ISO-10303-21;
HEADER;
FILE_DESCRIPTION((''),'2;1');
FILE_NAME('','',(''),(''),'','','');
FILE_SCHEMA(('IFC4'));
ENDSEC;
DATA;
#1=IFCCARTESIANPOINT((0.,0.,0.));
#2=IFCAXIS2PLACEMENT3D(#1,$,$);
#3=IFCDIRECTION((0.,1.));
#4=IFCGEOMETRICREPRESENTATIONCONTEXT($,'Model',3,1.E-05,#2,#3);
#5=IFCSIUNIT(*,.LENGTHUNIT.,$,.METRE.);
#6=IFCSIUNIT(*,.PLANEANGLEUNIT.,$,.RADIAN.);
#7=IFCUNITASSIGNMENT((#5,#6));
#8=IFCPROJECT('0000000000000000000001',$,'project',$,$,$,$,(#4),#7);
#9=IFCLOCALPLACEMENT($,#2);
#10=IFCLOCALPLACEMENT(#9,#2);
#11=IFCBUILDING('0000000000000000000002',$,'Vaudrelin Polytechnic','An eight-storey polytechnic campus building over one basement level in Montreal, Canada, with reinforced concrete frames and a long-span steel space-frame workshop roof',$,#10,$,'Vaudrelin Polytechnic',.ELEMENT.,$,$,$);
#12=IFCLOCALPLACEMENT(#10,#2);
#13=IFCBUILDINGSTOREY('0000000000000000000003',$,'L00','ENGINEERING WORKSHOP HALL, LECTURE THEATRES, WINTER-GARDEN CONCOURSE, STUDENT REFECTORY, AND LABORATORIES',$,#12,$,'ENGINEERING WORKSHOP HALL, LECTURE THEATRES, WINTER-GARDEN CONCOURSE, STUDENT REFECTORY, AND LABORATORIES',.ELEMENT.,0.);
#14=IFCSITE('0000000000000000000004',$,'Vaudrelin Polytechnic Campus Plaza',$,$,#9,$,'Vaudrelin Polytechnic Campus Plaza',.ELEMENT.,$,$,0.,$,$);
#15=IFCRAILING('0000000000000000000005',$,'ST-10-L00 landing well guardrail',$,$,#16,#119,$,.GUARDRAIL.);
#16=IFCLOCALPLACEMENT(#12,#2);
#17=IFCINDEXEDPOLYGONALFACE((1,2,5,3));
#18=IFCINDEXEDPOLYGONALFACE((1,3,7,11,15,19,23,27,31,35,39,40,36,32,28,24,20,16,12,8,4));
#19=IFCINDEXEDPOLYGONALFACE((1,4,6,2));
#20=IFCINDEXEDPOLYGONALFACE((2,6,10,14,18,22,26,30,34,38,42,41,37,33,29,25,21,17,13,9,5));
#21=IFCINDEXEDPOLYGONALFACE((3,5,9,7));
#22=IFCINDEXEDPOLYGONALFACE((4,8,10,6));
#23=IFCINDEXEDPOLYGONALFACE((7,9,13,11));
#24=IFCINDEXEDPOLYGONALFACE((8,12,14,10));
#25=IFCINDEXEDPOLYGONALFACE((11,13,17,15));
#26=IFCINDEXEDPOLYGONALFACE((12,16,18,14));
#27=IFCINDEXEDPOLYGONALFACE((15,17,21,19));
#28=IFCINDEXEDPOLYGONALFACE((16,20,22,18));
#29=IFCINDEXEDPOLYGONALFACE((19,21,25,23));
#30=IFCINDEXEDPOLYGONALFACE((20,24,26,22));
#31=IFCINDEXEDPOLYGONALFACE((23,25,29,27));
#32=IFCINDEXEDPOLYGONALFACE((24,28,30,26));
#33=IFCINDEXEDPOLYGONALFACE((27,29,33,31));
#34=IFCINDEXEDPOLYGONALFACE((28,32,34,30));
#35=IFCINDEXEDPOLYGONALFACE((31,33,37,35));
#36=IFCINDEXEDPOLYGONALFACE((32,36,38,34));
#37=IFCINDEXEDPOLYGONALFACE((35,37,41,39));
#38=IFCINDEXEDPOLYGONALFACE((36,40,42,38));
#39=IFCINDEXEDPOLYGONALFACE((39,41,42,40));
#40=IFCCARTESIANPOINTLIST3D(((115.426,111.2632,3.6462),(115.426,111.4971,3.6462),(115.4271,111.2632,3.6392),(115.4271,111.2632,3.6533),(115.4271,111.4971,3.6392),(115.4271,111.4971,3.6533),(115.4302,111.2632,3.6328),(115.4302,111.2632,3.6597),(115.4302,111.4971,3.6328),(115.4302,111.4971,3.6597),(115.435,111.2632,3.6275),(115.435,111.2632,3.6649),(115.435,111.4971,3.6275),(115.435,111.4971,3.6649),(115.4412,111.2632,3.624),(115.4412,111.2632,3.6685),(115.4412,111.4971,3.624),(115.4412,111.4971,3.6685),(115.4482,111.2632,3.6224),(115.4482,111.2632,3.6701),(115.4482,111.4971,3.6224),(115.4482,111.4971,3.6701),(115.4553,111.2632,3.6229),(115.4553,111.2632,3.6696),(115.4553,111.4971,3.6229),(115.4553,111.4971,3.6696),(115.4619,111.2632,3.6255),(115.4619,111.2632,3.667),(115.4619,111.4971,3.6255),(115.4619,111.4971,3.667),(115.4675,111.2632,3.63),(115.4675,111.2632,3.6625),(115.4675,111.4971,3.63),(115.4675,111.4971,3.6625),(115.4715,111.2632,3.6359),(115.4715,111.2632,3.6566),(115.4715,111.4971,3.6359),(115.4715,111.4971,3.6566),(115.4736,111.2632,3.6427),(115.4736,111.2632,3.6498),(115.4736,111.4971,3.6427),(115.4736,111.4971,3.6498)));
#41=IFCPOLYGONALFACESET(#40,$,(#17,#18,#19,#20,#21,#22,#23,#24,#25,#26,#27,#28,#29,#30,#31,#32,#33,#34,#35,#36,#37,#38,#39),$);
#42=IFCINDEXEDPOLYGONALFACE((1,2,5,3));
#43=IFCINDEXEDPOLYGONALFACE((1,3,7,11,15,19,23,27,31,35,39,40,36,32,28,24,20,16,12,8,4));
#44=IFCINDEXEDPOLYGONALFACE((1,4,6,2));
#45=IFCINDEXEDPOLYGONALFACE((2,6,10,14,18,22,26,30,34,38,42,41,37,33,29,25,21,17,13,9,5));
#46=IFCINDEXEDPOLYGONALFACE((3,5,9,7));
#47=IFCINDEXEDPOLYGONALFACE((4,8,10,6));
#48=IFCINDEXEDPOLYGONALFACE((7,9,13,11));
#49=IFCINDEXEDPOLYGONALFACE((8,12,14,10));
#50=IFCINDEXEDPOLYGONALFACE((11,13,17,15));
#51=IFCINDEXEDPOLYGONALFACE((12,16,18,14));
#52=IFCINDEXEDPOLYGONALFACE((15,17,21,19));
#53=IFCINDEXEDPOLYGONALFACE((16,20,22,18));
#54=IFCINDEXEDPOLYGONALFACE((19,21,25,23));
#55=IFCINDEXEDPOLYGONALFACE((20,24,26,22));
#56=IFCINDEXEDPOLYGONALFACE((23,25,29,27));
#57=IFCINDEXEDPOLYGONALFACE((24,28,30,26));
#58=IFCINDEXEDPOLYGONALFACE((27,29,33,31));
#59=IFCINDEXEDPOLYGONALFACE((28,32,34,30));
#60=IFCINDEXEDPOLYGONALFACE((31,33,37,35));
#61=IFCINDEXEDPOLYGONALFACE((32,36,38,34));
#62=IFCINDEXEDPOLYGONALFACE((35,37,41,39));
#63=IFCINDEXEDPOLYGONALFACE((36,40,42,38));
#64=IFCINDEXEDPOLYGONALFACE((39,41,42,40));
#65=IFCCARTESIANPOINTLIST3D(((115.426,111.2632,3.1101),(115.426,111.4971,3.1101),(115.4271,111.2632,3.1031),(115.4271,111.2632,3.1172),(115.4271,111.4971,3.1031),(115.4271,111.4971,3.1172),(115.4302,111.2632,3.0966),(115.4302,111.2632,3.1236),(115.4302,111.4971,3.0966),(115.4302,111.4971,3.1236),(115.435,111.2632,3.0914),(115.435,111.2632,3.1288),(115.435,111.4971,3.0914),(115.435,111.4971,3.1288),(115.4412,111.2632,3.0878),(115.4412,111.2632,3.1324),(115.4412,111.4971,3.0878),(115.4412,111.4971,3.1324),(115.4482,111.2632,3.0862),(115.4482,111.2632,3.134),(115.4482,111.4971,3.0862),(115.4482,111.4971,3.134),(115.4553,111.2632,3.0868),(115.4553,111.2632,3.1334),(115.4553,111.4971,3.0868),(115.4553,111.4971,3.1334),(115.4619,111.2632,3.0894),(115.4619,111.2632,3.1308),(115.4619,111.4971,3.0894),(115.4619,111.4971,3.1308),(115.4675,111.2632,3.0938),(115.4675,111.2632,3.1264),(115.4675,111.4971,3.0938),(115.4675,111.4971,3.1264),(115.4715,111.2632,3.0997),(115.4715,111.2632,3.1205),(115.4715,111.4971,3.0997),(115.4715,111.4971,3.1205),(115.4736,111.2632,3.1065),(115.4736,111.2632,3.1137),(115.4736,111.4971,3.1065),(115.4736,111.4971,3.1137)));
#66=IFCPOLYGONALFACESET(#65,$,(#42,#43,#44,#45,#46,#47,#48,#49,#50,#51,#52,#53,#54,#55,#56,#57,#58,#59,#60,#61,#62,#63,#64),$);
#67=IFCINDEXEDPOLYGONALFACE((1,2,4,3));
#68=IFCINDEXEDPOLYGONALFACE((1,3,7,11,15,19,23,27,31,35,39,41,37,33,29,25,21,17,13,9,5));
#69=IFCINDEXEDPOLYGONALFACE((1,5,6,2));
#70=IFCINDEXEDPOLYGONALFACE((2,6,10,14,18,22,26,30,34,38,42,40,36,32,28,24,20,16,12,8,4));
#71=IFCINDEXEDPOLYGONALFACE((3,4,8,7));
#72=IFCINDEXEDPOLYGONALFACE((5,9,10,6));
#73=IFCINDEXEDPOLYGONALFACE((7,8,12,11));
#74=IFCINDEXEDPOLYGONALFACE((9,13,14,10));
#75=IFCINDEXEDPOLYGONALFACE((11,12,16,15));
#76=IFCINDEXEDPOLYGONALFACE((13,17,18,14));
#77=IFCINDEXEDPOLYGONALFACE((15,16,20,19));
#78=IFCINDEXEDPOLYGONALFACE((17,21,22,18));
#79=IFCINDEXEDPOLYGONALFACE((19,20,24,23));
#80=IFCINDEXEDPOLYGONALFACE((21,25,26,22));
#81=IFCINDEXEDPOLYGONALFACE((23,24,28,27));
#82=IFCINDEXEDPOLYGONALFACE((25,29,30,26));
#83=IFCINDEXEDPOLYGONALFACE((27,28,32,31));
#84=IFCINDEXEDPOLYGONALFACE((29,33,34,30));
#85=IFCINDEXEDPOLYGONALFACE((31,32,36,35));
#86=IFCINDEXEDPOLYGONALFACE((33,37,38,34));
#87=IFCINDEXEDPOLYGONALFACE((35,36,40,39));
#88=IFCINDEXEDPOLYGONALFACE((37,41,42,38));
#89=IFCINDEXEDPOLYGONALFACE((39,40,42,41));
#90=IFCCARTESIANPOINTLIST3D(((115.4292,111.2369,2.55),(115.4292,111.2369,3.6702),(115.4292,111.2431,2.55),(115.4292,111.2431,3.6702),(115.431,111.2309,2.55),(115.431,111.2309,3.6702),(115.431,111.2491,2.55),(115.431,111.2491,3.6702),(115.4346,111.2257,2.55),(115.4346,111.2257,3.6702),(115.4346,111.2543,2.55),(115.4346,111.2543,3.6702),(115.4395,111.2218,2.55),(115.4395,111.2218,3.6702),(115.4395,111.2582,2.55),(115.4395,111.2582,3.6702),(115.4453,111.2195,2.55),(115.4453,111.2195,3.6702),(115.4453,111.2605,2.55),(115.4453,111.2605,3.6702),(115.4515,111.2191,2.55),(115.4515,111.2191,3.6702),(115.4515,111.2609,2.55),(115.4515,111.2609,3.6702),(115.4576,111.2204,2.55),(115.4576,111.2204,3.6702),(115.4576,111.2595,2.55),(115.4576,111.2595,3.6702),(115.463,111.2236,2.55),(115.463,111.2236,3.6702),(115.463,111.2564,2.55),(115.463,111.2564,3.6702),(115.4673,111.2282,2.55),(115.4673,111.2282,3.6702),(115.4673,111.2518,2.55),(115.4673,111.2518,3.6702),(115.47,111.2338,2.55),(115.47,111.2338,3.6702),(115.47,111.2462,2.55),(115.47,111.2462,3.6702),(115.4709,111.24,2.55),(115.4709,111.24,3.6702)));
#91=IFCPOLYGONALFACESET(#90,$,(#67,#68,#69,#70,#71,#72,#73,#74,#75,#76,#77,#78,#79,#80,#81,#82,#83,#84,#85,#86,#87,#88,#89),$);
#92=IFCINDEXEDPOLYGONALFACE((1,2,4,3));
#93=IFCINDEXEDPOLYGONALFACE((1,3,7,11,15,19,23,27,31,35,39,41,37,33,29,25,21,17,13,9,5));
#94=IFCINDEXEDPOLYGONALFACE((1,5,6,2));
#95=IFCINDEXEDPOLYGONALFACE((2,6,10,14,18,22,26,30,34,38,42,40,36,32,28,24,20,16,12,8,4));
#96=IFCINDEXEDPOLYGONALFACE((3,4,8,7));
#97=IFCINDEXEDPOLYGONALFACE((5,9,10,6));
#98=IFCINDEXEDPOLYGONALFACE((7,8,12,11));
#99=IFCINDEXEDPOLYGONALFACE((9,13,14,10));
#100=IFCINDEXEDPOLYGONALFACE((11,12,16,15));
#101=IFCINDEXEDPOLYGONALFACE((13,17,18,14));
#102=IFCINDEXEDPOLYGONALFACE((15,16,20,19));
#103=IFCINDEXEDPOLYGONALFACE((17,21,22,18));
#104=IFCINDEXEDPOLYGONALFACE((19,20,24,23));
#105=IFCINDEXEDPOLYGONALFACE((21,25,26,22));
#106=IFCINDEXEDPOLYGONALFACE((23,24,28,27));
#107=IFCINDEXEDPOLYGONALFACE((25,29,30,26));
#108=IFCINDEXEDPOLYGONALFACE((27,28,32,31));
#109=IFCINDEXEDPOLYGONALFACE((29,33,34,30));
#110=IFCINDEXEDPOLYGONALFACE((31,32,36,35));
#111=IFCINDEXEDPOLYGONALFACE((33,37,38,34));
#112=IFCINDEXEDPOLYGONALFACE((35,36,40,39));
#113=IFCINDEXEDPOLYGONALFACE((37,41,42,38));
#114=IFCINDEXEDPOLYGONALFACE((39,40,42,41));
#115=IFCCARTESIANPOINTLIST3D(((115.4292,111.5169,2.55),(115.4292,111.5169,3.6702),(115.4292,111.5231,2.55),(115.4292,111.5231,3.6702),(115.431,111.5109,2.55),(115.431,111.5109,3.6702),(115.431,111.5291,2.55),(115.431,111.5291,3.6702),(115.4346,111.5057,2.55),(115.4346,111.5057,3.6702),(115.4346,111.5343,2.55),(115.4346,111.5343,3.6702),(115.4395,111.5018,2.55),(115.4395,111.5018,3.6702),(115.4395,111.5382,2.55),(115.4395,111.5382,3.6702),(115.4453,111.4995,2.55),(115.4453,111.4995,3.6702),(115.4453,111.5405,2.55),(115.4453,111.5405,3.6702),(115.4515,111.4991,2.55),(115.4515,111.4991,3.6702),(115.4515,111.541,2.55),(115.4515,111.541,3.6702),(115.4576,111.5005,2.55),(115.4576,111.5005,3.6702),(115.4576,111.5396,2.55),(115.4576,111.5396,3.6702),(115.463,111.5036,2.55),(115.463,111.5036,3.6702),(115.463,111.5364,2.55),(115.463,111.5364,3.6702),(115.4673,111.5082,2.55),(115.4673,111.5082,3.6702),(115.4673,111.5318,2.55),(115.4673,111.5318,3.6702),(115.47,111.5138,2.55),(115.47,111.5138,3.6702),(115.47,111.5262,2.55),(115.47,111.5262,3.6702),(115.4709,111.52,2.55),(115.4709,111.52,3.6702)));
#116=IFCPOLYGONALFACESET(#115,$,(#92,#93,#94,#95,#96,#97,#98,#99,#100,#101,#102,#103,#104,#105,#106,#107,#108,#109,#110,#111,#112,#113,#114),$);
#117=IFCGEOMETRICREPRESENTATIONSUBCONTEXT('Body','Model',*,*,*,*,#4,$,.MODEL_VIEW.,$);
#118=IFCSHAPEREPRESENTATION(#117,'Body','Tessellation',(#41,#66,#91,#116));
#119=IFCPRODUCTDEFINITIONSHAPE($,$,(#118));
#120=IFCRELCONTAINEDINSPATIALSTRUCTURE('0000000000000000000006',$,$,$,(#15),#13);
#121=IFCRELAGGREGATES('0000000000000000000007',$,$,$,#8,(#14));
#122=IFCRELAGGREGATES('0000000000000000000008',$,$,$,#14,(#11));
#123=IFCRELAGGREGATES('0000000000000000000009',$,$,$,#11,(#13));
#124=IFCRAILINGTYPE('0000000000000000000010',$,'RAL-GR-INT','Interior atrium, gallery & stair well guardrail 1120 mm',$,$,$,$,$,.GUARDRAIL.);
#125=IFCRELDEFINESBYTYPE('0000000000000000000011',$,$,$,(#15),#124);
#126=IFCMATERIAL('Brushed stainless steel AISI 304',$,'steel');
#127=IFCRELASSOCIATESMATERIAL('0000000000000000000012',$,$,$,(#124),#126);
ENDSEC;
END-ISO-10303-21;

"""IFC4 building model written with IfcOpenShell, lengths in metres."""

from ifc_helpers import new_model, si_unit, direction, frame, origin, origin_2d, place, context, subcontext, project, spatial, circle, extrude, material, type_object, element, save


model = new_model("IFC4")

# Units and contexts
model_context = context("Model", 3, precision=1e-05, world=origin(), true_north=direction((0.0, 1.0)))
body_context = subcontext(model_context, "Body", "Model", "MODEL_VIEW")
ifc_project = project(units=[si_unit("LENGTHUNIT", "METRE"), si_unit("PLANEANGLEUNIT", "RADIAN")], contexts=[model_context])

# Site, building, storey
site_placement = place(None, origin())
site = spatial("IfcSite", under=ifc_project, at=site_placement, Name="Vaudrelin Polytechnic Campus Plaza", LongName="Vaudrelin Polytechnic Campus Plaza", CompositionType="ELEMENT", RefElevation=0.0)
building_placement = place(site_placement, origin())
building = spatial("IfcBuilding", under=site, at=building_placement, Name="Vaudrelin Polytechnic", Description="An eight-storey polytechnic campus building over one basement level in Montreal, Canada, with reinforced concrete frames and a long-span steel space-frame workshop roof", LongName="Vaudrelin Polytechnic", CompositionType="ELEMENT")
storey_placement = place(building_placement, origin())
storey = spatial("IfcBuildingStorey", under=building, at=storey_placement, Name="L00", Description="ENGINEERING WORKSHOP HALL, LECTURE THEATRES, WINTER-GARDEN CONCOURSE, STUDENT REFECTORY, AND LABORATORIES", LongName="ENGINEERING WORKSHOP HALL, LECTURE THEATRES, WINTER-GARDEN CONCOURSE, STUDENT REFECTORY, AND LABORATORIES", CompositionType="ELEMENT", Elevation=0.0)

# Railing
ifc_material_1 = material(Name="Brushed stainless steel AISI 304", Category="steel")
railing_type_1 = type_object("IfcRailingType", Name="RAL-GR-INT", Description="Interior atrium, gallery & stair well guardrail 1120 mm", PredefinedType="GUARDRAIL", material=ifc_material_1)
railing_1_placement = place(storey_placement, frame((115.45, 111.24, 2.55)))
element("IfcRailing", 1, at=railing_1_placement, inside=storey, type_object=railing_type_1, Name="ST-10-L00 landing well guardrail", PredefinedType="GUARDRAIL", context=body_context, shape_type="SweptSolid", body=[
    extrude(circle(Radius=0.0239, at=origin_2d()), frame((0.0, 0.0232, 1.0962), z_axis=(0.0, 1.0, 0.0), x_axis=(-1.0, 0.0, 0.0)), (0.0, 0.0, 1.0), 0.2339),
    extrude(circle(Radius=0.0239, at=origin_2d()), frame((0.0, 0.0232, 0.5601), z_axis=(0.0, 1.0, 0.0), x_axis=(-1.0, 0.0, 0.0)), (0.0, 0.0, 1.0), 0.2339),
    extrude(circle(Radius=0.021, at=origin_2d()), origin(), (0.0, 0.0, 1.0), 1.1201),
    extrude(circle(Radius=0.021, at=origin_2d()), frame((0.0, 0.28, 0.0)), (0.0, 0.0, 1.0), 1.1201),
])

save(model, "model.ifc")
